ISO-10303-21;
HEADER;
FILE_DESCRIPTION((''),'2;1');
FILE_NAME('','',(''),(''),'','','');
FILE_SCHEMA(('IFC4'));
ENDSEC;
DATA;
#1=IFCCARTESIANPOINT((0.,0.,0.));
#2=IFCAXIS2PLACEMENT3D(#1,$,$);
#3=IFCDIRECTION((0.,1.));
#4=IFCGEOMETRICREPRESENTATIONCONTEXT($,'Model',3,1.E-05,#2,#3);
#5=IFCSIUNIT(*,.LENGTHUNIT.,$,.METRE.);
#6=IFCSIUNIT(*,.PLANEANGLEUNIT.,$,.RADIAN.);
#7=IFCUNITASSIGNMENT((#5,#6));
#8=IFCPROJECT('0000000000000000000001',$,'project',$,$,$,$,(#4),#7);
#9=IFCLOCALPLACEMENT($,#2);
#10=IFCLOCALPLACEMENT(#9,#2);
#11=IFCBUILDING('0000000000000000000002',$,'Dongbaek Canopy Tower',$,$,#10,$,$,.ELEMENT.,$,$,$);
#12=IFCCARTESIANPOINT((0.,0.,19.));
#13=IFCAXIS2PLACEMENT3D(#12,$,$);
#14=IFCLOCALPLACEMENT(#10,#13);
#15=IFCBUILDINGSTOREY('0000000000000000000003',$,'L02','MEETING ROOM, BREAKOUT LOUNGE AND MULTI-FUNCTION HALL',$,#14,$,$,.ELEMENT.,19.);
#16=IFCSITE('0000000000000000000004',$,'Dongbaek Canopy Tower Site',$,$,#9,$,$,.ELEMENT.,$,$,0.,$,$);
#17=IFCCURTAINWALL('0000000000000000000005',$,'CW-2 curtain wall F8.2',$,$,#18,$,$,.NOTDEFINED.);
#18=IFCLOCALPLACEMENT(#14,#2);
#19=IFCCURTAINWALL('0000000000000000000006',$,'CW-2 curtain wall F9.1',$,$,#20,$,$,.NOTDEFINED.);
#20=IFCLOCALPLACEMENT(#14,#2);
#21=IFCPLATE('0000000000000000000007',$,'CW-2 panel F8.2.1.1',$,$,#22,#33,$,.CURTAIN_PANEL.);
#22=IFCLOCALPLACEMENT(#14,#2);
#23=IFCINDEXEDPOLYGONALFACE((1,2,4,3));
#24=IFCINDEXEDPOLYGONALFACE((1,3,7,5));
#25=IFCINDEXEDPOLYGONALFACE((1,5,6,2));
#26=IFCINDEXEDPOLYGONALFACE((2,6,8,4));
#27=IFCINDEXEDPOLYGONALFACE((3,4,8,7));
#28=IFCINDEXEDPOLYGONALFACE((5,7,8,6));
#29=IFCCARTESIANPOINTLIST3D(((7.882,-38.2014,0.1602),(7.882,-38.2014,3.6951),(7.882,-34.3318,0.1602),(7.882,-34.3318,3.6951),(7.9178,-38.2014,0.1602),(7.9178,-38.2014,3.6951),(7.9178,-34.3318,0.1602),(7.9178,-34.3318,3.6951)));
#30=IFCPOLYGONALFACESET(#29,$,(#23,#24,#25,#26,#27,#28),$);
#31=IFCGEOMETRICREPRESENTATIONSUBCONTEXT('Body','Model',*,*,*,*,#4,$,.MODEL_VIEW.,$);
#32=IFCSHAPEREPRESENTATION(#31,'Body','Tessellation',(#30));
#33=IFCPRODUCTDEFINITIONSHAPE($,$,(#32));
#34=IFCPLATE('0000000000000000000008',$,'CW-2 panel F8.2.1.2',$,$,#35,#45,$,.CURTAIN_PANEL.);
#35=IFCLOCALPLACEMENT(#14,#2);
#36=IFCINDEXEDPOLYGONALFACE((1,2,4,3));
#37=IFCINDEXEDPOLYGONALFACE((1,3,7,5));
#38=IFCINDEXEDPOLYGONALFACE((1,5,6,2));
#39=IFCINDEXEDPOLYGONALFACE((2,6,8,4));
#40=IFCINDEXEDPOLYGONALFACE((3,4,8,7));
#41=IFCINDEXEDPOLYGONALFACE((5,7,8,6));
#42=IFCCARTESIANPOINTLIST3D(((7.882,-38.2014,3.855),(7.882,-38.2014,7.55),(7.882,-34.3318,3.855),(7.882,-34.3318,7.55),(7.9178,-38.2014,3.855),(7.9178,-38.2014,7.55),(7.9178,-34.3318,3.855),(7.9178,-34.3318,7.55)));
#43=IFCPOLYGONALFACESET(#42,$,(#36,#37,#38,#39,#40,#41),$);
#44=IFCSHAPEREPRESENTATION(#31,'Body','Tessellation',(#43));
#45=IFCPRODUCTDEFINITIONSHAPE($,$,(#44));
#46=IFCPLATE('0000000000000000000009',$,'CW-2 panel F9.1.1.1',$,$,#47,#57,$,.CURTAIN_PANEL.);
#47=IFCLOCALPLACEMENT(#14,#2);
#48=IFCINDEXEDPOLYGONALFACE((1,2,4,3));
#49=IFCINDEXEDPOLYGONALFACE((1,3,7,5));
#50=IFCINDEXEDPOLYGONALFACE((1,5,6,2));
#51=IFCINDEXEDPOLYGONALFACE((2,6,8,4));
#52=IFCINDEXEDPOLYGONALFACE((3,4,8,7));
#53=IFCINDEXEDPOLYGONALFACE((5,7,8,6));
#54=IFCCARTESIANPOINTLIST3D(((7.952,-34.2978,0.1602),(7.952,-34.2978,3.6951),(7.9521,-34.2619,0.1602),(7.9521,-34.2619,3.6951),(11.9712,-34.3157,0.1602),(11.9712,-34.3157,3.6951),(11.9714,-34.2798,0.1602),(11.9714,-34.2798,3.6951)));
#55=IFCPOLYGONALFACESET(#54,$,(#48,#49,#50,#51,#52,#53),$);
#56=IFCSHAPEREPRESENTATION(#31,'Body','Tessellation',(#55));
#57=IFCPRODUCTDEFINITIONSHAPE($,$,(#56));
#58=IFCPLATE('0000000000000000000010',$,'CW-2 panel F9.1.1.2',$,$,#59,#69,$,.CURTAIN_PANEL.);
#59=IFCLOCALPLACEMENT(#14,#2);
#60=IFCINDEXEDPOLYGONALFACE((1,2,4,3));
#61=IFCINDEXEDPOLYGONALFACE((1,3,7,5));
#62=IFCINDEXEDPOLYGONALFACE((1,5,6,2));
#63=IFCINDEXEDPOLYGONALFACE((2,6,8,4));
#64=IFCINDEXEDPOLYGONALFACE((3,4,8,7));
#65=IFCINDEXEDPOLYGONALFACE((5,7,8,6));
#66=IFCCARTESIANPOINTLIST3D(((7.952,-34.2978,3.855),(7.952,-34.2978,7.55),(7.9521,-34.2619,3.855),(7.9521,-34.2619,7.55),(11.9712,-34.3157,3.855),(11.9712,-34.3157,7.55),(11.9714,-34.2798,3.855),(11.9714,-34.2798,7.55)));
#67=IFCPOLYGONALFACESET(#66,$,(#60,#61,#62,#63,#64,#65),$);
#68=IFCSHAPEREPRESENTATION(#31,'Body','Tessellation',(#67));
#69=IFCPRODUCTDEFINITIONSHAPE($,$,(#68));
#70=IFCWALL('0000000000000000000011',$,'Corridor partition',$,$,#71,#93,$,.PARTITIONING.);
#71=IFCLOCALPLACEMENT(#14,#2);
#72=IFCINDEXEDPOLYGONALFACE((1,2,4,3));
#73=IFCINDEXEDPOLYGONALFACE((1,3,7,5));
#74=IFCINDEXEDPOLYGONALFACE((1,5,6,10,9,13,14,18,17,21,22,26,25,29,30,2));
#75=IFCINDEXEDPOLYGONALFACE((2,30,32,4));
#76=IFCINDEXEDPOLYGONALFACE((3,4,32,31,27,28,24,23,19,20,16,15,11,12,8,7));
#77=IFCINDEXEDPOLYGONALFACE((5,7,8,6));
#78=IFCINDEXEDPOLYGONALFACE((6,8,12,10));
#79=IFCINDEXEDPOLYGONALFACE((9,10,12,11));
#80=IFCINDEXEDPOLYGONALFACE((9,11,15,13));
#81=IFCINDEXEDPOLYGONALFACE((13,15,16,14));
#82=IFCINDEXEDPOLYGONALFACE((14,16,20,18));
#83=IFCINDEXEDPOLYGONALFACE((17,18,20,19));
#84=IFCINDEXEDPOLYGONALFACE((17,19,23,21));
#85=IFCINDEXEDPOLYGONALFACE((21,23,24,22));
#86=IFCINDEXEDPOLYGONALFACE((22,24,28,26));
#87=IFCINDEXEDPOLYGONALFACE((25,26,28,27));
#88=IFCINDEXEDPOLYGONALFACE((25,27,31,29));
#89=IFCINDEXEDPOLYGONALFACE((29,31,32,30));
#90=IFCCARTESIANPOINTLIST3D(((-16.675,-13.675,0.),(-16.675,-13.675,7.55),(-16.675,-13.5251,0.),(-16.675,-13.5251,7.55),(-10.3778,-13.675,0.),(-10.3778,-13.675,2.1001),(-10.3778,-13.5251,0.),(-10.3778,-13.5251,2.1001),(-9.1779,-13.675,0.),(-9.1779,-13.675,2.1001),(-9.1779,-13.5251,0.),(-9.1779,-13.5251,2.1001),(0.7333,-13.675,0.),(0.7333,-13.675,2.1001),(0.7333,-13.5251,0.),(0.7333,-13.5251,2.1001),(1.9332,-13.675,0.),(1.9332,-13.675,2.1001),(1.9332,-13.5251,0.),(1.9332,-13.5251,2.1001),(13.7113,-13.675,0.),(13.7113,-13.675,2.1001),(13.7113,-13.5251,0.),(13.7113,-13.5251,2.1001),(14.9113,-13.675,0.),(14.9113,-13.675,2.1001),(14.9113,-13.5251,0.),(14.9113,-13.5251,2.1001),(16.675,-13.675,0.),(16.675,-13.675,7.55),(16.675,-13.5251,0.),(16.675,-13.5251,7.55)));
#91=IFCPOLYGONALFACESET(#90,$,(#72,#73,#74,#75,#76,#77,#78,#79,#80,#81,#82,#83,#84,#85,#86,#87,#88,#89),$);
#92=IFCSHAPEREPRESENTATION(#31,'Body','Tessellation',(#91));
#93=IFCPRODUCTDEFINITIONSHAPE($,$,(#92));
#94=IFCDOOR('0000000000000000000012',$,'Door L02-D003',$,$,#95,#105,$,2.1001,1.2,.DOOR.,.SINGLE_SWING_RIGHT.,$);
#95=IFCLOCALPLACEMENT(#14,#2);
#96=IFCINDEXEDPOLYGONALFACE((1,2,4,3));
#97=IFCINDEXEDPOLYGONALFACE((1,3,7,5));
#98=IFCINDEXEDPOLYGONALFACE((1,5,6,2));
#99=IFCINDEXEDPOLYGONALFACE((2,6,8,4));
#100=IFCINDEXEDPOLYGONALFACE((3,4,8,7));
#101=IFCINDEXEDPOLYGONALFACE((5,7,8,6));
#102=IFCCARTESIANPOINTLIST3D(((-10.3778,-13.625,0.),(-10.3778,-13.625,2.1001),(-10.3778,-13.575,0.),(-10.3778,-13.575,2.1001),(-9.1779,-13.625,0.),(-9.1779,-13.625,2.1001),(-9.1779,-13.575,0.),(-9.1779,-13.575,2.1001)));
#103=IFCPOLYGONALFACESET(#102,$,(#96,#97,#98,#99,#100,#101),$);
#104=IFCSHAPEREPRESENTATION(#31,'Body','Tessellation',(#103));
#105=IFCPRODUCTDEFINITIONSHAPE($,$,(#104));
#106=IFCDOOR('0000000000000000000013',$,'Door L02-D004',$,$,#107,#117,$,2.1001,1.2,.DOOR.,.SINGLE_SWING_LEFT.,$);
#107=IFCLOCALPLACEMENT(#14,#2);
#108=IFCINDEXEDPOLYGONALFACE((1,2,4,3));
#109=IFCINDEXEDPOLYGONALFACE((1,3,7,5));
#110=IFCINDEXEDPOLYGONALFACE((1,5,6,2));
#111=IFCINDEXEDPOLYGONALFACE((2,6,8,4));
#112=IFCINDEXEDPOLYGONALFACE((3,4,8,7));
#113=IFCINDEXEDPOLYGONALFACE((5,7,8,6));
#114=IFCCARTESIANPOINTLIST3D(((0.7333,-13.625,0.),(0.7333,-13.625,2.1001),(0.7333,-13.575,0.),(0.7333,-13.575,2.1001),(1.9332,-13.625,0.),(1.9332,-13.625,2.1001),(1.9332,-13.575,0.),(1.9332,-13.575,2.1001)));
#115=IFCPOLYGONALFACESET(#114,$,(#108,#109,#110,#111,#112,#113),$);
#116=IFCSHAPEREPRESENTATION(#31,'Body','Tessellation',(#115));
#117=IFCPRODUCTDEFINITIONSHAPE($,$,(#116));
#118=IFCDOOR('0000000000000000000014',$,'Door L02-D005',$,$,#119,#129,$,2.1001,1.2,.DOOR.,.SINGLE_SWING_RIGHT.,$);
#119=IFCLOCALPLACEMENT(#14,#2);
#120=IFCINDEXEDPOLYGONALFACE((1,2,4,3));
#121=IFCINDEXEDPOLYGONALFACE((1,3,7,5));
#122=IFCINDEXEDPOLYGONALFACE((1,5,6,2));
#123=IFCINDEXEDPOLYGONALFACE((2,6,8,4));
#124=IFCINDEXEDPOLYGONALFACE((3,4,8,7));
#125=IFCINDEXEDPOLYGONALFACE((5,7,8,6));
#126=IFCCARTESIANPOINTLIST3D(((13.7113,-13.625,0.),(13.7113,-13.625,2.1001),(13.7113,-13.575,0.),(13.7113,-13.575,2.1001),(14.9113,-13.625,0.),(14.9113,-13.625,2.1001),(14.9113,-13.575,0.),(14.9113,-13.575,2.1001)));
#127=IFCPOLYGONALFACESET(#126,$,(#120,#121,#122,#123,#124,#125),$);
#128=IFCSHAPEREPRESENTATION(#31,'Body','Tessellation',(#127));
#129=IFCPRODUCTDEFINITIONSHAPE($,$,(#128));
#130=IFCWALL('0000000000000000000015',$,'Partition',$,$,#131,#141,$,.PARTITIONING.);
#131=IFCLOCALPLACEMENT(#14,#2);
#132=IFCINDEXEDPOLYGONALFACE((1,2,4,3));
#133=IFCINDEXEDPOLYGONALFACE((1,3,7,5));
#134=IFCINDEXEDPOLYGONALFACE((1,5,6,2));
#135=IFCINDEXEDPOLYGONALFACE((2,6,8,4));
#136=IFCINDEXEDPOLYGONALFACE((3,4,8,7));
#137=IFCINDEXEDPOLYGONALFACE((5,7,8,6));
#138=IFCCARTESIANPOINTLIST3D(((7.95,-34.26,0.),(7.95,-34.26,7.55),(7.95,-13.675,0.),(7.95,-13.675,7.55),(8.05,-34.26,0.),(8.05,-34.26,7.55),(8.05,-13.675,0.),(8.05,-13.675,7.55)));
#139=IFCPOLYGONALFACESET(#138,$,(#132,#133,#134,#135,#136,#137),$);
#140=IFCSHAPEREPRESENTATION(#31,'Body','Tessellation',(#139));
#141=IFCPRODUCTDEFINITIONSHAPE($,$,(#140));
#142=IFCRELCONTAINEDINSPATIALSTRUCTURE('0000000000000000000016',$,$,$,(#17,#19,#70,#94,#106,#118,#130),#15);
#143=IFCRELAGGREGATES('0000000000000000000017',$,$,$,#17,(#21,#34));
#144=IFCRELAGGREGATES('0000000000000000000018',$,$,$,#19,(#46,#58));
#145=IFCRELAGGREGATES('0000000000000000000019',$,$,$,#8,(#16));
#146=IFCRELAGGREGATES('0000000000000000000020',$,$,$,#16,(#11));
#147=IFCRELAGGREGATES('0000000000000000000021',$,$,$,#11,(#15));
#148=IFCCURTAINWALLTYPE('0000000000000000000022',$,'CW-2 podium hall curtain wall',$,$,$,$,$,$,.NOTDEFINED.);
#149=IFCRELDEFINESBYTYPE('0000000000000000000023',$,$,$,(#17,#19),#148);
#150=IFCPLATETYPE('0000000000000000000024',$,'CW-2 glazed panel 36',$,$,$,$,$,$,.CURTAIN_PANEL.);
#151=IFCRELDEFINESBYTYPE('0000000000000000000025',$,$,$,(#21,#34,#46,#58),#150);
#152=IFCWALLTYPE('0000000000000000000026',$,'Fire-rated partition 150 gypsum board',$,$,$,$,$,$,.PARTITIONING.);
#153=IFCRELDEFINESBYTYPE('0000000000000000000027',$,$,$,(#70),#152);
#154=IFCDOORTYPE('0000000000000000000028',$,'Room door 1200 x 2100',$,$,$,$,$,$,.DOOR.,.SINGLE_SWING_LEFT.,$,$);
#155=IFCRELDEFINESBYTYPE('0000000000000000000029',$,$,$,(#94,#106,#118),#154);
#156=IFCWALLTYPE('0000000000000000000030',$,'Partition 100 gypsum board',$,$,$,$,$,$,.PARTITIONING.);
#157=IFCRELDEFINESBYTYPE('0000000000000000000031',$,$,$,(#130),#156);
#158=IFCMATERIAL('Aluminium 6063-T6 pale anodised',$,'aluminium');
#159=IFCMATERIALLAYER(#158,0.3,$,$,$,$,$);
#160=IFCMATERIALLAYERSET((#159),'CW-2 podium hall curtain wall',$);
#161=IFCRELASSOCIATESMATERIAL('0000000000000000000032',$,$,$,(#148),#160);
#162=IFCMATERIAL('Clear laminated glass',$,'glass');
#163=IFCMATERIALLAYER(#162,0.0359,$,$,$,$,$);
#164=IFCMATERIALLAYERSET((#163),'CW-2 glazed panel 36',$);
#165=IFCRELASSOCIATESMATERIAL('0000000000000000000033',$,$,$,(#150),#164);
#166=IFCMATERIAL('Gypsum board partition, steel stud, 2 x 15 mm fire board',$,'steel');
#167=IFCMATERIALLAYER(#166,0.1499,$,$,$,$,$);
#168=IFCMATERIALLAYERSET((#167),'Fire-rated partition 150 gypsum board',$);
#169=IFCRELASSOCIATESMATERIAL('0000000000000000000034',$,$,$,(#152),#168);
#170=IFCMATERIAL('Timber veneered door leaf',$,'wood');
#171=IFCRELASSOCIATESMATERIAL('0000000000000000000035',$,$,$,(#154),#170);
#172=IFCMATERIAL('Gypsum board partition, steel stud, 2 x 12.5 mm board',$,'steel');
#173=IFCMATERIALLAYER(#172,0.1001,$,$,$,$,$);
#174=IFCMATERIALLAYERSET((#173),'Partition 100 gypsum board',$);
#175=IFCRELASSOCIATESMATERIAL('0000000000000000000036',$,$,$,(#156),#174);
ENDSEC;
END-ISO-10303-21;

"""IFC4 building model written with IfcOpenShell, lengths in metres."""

from ifc_helpers import new_model, si_unit, direction, frame, frame_2d, origin, origin_2d, place, context, subcontext, project, spatial, rectangle, extrude, material, layer, layer_set, type_object, element, fill, aggregate, save


model = new_model("IFC4")

# Units and contexts
model_context = context("Model", 3, precision=1e-05, world=origin(), true_north=direction((0.0, 1.0)))
body_context = subcontext(model_context, "Body", "Model", "MODEL_VIEW")
ifc_project = project(units=[si_unit("LENGTHUNIT", "METRE"), si_unit("PLANEANGLEUNIT", "RADIAN")], contexts=[model_context])

# Site, building, storey
site_placement = place(None, origin())
site = spatial("IfcSite", under=ifc_project, at=site_placement, Name="Dongbaek Canopy Tower Site", CompositionType="ELEMENT", RefElevation=0.0)
building_placement = place(site_placement, origin())
building = spatial("IfcBuilding", under=site, at=building_placement, Name="Dongbaek Canopy Tower", CompositionType="ELEMENT")
storey_placement = place(building_placement, frame((0.0, 0.0, 19.0)))
storey = spatial("IfcBuildingStorey", under=building, at=storey_placement, Name="L02", Description="MEETING ROOM, BREAKOUT LOUNGE AND MULTI-FUNCTION HALL", CompositionType="ELEMENT", Elevation=19.0)

# Curtain walls
ifc_material_1 = material(Name="Aluminium 6063-T6 pale anodised", Category="aluminium")
ifc_layer_1 = layer(ifc_material_1, 0.3)
ifc_layer_set_1 = layer_set([ifc_layer_1], Name="CW-2 podium hall curtain wall")
curtain_wall_type = type_object("IfcCurtainWallType", Name="CW-2 podium hall curtain wall", PredefinedType="NOTDEFINED", material=ifc_layer_set_1)
curtain_wall_1_placement = place(storey_placement, origin())
curtain_wall_1 = element("IfcCurtainWall", 1, at=curtain_wall_1_placement, inside=storey, type_object=curtain_wall_type, Name="CW-2 curtain wall F8.2", PredefinedType="NOTDEFINED")
curtain_wall_2_placement = place(storey_placement, origin())
curtain_wall_2 = element("IfcCurtainWall", 2, at=curtain_wall_2_placement, inside=storey, type_object=curtain_wall_type, Name="CW-2 curtain wall F9.1", PredefinedType="NOTDEFINED")

# Plates
ifc_material_2 = material(Name="Clear laminated glass", Category="glass")
ifc_layer_2 = layer(ifc_material_2, 0.0359)
ifc_layer_set_2 = layer_set([ifc_layer_2], Name="CW-2 glazed panel 36")
plate_type = type_object("IfcPlateType", Name="CW-2 glazed panel 36", PredefinedType="CURTAIN_PANEL", material=ifc_layer_set_2)
plate_1_placement = place(storey_placement, frame((7.8999, -36.2666, 0.1602), z_axis=(0.0, 0.0, 1.0), x_axis=(0.0, 1.0, 0.0)))
plate_1 = element("IfcPlate", 3, at=plate_1_placement, type_object=plate_type, Name="CW-2 panel F8.2.1.1", PredefinedType="CURTAIN_PANEL", context=body_context, shape_type="SweptSolid", body=[
    extrude(rectangle(XDim=3.8696, YDim=0.0359, at=origin_2d()), origin(), (0.0, 0.0, 1.0), 3.5349),
])
plate_2_placement = place(storey_placement, frame((7.8999, -36.2666, 3.855), z_axis=(0.0, 0.0, 1.0), x_axis=(0.0, 1.0, 0.0)))
plate_2 = element("IfcPlate", 4, at=plate_2_placement, type_object=plate_type, Name="CW-2 panel F8.2.1.2", PredefinedType="CURTAIN_PANEL", context=body_context, shape_type="SweptSolid", body=[
    extrude(rectangle(XDim=3.8696, YDim=0.0359, at=origin_2d()), origin(), (0.0, 0.0, 1.0), 3.6951),
])
aggregate(curtain_wall_1, [plate_1, plate_2])
plate_3_placement = place(storey_placement, frame((9.9617, -34.2888, 0.1602), z_axis=(0.0, 0.0, 1.0), x_axis=(0.99999, -0.004466, 0.0)))
plate_3 = element("IfcPlate", 5, at=plate_3_placement, type_object=plate_type, Name="CW-2 panel F9.1.1.1", PredefinedType="CURTAIN_PANEL", context=body_context, shape_type="SweptSolid", body=[
    extrude(rectangle(XDim=4.0193, YDim=0.0359, at=origin_2d()), origin(), (0.0, 0.0, 1.0), 3.5349),
])
plate_4_placement = place(storey_placement, frame((9.9617, -34.2888, 3.855), z_axis=(0.0, 0.0, 1.0), x_axis=(0.99999, -0.004466, 0.0)))
plate_4 = element("IfcPlate", 6, at=plate_4_placement, type_object=plate_type, Name="CW-2 panel F9.1.1.2", PredefinedType="CURTAIN_PANEL", context=body_context, shape_type="SweptSolid", body=[
    extrude(rectangle(XDim=4.0193, YDim=0.0359, at=origin_2d()), origin(), (0.0, 0.0, 1.0), 3.6951),
])
aggregate(curtain_wall_2, [plate_3, plate_4])

# Wall, openings, doors
ifc_material_3 = material(Name="Gypsum board partition, steel stud, 2 x 15 mm fire board", Category="steel")
ifc_layer_3 = layer(ifc_material_3, 0.1499)
ifc_layer_set_3 = layer_set([ifc_layer_3], Name="Fire-rated partition 150 gypsum board")
wall_type_1 = type_object("IfcWallType", Name="Fire-rated partition 150 gypsum board", PredefinedType="PARTITIONING", material=ifc_layer_set_3)
wall_1_placement = place(storey_placement, frame((16.675, -13.6001, 0.0), z_axis=(0.0, 0.0, 1.0), x_axis=(-1.0, 0.0, 0.0)))
wall_1 = element("IfcWall", 7, at=wall_1_placement, inside=storey, type_object=wall_type_1, Name="Corridor partition", PredefinedType="PARTITIONING", context=body_context, shape_type="SweptSolid", body=[
    extrude(rectangle(XDim=33.3501, YDim=0.1499, at=frame_2d((16.675, 0.0))), origin(), (0.0, 0.0, 1.0), 7.55),
])
opening_1_placement = place(wall_1_placement, frame((25.8528, 0.0, 0.0)))
opening_1 = element("IfcOpeningElement", 8, at=opening_1_placement, cuts=wall_1, PredefinedType="OPENING", context=body_context, shape_type="SweptSolid", body=[
    extrude(rectangle(XDim=1.2, YDim=2.1001, at=frame_2d((0.6001, 1.05))), frame((0.0, 0.085, 0.0), z_axis=(0.0, -1.0, 0.0), x_axis=(1.0, 0.0, 0.0)), (0.0, 0.0, 1.0), 0.1699),
])
opening_2_placement = place(wall_1_placement, frame((14.7417, 0.0, 0.0)))
opening_2 = element("IfcOpeningElement", 9, at=opening_2_placement, cuts=wall_1, PredefinedType="OPENING", context=body_context, shape_type="SweptSolid", body=[
    extrude(rectangle(XDim=1.2, YDim=2.1001, at=frame_2d((0.6001, 1.05))), frame((0.0, 0.085, 0.0), z_axis=(0.0, -1.0, 0.0), x_axis=(1.0, 0.0, 0.0)), (0.0, 0.0, 1.0), 0.1699),
])
opening_3_placement = place(wall_1_placement, frame((1.7637, 0.0, 0.0)))
opening_3 = element("IfcOpeningElement", 10, at=opening_3_placement, cuts=wall_1, PredefinedType="OPENING", context=body_context, shape_type="SweptSolid", body=[
    extrude(rectangle(XDim=1.2, YDim=2.1001, at=frame_2d((0.6001, 1.05))), frame((0.0, 0.085, 0.0), z_axis=(0.0, -1.0, 0.0), x_axis=(1.0, 0.0, 0.0)), (0.0, 0.0, 1.0), 0.1699),
])
ifc_material_4 = material(Name="Timber veneered door leaf", Category="wood")
door_type_1 = type_object("IfcDoorType", Name="Room door 1200 x 2100", OperationType="SINGLE_SWING_LEFT", PredefinedType="DOOR", material=ifc_material_4)
door_1_placement = place(opening_1_placement, origin())
door_1 = element("IfcDoor", 11, at=door_1_placement, inside=storey, type_object=door_type_1, Name="Door L02-D003", OperationType="SINGLE_SWING_RIGHT", OverallHeight=2.1001, OverallWidth=1.2, PredefinedType="DOOR", context=body_context, shape_type="SweptSolid", body=[
    extrude(rectangle(XDim=1.2, YDim=2.1001, at=frame_2d((0.6001, 1.05))), frame((0.0, 0.0249, 0.0), z_axis=(0.0, -1.0, 0.0), x_axis=(1.0, 0.0, 0.0)), (0.0, 0.0, 1.0), 0.05),
])
fill(opening_1, door_1)
door_2_placement = place(opening_2_placement, origin())
door_2 = element("IfcDoor", 12, at=door_2_placement, inside=storey, type_object=door_type_1, Name="Door L02-D004", OperationType="SINGLE_SWING_LEFT", OverallHeight=2.1001, OverallWidth=1.2, PredefinedType="DOOR", context=body_context, shape_type="SweptSolid", body=[
    extrude(rectangle(XDim=1.2, YDim=2.1001, at=frame_2d((0.6001, 1.05))), frame((0.0, 0.0249, 0.0), z_axis=(0.0, -1.0, 0.0), x_axis=(1.0, 0.0, 0.0)), (0.0, 0.0, 1.0), 0.05),
])
fill(opening_2, door_2)
door_3_placement = place(opening_3_placement, origin())
door_3 = element("IfcDoor", 13, at=door_3_placement, inside=storey, type_object=door_type_1, Name="Door L02-D005", OperationType="SINGLE_SWING_RIGHT", OverallHeight=2.1001, OverallWidth=1.2, PredefinedType="DOOR", context=body_context, shape_type="SweptSolid", body=[
    extrude(rectangle(XDim=1.2, YDim=2.1001, at=frame_2d((0.6001, 1.05))), frame((0.0, 0.0249, 0.0), z_axis=(0.0, -1.0, 0.0), x_axis=(1.0, 0.0, 0.0)), (0.0, 0.0, 1.0), 0.05),
])
fill(opening_3, door_3)

# Wall
ifc_material_5 = material(Name="Gypsum board partition, steel stud, 2 x 12.5 mm board", Category="steel")
ifc_layer_4 = layer(ifc_material_5, 0.1001)
ifc_layer_set_4 = layer_set([ifc_layer_4], Name="Partition 100 gypsum board")
wall_type_2 = type_object("IfcWallType", Name="Partition 100 gypsum board", PredefinedType="PARTITIONING", material=ifc_layer_set_4)
wall_2_placement = place(storey_placement, frame((8.0, -34.26, 0.0), z_axis=(0.0, 0.0, 1.0), x_axis=(0.0, 1.0, 0.0)))
element("IfcWall", 14, at=wall_2_placement, inside=storey, type_object=wall_type_2, Name="Partition", PredefinedType="PARTITIONING", context=body_context, shape_type="SweptSolid", body=[
    extrude(rectangle(XDim=20.585, YDim=0.1001, at=frame_2d((10.2925, 0.0))), origin(), (0.0, 0.0, 1.0), 7.55),
])

save(model, "model.ifc")
